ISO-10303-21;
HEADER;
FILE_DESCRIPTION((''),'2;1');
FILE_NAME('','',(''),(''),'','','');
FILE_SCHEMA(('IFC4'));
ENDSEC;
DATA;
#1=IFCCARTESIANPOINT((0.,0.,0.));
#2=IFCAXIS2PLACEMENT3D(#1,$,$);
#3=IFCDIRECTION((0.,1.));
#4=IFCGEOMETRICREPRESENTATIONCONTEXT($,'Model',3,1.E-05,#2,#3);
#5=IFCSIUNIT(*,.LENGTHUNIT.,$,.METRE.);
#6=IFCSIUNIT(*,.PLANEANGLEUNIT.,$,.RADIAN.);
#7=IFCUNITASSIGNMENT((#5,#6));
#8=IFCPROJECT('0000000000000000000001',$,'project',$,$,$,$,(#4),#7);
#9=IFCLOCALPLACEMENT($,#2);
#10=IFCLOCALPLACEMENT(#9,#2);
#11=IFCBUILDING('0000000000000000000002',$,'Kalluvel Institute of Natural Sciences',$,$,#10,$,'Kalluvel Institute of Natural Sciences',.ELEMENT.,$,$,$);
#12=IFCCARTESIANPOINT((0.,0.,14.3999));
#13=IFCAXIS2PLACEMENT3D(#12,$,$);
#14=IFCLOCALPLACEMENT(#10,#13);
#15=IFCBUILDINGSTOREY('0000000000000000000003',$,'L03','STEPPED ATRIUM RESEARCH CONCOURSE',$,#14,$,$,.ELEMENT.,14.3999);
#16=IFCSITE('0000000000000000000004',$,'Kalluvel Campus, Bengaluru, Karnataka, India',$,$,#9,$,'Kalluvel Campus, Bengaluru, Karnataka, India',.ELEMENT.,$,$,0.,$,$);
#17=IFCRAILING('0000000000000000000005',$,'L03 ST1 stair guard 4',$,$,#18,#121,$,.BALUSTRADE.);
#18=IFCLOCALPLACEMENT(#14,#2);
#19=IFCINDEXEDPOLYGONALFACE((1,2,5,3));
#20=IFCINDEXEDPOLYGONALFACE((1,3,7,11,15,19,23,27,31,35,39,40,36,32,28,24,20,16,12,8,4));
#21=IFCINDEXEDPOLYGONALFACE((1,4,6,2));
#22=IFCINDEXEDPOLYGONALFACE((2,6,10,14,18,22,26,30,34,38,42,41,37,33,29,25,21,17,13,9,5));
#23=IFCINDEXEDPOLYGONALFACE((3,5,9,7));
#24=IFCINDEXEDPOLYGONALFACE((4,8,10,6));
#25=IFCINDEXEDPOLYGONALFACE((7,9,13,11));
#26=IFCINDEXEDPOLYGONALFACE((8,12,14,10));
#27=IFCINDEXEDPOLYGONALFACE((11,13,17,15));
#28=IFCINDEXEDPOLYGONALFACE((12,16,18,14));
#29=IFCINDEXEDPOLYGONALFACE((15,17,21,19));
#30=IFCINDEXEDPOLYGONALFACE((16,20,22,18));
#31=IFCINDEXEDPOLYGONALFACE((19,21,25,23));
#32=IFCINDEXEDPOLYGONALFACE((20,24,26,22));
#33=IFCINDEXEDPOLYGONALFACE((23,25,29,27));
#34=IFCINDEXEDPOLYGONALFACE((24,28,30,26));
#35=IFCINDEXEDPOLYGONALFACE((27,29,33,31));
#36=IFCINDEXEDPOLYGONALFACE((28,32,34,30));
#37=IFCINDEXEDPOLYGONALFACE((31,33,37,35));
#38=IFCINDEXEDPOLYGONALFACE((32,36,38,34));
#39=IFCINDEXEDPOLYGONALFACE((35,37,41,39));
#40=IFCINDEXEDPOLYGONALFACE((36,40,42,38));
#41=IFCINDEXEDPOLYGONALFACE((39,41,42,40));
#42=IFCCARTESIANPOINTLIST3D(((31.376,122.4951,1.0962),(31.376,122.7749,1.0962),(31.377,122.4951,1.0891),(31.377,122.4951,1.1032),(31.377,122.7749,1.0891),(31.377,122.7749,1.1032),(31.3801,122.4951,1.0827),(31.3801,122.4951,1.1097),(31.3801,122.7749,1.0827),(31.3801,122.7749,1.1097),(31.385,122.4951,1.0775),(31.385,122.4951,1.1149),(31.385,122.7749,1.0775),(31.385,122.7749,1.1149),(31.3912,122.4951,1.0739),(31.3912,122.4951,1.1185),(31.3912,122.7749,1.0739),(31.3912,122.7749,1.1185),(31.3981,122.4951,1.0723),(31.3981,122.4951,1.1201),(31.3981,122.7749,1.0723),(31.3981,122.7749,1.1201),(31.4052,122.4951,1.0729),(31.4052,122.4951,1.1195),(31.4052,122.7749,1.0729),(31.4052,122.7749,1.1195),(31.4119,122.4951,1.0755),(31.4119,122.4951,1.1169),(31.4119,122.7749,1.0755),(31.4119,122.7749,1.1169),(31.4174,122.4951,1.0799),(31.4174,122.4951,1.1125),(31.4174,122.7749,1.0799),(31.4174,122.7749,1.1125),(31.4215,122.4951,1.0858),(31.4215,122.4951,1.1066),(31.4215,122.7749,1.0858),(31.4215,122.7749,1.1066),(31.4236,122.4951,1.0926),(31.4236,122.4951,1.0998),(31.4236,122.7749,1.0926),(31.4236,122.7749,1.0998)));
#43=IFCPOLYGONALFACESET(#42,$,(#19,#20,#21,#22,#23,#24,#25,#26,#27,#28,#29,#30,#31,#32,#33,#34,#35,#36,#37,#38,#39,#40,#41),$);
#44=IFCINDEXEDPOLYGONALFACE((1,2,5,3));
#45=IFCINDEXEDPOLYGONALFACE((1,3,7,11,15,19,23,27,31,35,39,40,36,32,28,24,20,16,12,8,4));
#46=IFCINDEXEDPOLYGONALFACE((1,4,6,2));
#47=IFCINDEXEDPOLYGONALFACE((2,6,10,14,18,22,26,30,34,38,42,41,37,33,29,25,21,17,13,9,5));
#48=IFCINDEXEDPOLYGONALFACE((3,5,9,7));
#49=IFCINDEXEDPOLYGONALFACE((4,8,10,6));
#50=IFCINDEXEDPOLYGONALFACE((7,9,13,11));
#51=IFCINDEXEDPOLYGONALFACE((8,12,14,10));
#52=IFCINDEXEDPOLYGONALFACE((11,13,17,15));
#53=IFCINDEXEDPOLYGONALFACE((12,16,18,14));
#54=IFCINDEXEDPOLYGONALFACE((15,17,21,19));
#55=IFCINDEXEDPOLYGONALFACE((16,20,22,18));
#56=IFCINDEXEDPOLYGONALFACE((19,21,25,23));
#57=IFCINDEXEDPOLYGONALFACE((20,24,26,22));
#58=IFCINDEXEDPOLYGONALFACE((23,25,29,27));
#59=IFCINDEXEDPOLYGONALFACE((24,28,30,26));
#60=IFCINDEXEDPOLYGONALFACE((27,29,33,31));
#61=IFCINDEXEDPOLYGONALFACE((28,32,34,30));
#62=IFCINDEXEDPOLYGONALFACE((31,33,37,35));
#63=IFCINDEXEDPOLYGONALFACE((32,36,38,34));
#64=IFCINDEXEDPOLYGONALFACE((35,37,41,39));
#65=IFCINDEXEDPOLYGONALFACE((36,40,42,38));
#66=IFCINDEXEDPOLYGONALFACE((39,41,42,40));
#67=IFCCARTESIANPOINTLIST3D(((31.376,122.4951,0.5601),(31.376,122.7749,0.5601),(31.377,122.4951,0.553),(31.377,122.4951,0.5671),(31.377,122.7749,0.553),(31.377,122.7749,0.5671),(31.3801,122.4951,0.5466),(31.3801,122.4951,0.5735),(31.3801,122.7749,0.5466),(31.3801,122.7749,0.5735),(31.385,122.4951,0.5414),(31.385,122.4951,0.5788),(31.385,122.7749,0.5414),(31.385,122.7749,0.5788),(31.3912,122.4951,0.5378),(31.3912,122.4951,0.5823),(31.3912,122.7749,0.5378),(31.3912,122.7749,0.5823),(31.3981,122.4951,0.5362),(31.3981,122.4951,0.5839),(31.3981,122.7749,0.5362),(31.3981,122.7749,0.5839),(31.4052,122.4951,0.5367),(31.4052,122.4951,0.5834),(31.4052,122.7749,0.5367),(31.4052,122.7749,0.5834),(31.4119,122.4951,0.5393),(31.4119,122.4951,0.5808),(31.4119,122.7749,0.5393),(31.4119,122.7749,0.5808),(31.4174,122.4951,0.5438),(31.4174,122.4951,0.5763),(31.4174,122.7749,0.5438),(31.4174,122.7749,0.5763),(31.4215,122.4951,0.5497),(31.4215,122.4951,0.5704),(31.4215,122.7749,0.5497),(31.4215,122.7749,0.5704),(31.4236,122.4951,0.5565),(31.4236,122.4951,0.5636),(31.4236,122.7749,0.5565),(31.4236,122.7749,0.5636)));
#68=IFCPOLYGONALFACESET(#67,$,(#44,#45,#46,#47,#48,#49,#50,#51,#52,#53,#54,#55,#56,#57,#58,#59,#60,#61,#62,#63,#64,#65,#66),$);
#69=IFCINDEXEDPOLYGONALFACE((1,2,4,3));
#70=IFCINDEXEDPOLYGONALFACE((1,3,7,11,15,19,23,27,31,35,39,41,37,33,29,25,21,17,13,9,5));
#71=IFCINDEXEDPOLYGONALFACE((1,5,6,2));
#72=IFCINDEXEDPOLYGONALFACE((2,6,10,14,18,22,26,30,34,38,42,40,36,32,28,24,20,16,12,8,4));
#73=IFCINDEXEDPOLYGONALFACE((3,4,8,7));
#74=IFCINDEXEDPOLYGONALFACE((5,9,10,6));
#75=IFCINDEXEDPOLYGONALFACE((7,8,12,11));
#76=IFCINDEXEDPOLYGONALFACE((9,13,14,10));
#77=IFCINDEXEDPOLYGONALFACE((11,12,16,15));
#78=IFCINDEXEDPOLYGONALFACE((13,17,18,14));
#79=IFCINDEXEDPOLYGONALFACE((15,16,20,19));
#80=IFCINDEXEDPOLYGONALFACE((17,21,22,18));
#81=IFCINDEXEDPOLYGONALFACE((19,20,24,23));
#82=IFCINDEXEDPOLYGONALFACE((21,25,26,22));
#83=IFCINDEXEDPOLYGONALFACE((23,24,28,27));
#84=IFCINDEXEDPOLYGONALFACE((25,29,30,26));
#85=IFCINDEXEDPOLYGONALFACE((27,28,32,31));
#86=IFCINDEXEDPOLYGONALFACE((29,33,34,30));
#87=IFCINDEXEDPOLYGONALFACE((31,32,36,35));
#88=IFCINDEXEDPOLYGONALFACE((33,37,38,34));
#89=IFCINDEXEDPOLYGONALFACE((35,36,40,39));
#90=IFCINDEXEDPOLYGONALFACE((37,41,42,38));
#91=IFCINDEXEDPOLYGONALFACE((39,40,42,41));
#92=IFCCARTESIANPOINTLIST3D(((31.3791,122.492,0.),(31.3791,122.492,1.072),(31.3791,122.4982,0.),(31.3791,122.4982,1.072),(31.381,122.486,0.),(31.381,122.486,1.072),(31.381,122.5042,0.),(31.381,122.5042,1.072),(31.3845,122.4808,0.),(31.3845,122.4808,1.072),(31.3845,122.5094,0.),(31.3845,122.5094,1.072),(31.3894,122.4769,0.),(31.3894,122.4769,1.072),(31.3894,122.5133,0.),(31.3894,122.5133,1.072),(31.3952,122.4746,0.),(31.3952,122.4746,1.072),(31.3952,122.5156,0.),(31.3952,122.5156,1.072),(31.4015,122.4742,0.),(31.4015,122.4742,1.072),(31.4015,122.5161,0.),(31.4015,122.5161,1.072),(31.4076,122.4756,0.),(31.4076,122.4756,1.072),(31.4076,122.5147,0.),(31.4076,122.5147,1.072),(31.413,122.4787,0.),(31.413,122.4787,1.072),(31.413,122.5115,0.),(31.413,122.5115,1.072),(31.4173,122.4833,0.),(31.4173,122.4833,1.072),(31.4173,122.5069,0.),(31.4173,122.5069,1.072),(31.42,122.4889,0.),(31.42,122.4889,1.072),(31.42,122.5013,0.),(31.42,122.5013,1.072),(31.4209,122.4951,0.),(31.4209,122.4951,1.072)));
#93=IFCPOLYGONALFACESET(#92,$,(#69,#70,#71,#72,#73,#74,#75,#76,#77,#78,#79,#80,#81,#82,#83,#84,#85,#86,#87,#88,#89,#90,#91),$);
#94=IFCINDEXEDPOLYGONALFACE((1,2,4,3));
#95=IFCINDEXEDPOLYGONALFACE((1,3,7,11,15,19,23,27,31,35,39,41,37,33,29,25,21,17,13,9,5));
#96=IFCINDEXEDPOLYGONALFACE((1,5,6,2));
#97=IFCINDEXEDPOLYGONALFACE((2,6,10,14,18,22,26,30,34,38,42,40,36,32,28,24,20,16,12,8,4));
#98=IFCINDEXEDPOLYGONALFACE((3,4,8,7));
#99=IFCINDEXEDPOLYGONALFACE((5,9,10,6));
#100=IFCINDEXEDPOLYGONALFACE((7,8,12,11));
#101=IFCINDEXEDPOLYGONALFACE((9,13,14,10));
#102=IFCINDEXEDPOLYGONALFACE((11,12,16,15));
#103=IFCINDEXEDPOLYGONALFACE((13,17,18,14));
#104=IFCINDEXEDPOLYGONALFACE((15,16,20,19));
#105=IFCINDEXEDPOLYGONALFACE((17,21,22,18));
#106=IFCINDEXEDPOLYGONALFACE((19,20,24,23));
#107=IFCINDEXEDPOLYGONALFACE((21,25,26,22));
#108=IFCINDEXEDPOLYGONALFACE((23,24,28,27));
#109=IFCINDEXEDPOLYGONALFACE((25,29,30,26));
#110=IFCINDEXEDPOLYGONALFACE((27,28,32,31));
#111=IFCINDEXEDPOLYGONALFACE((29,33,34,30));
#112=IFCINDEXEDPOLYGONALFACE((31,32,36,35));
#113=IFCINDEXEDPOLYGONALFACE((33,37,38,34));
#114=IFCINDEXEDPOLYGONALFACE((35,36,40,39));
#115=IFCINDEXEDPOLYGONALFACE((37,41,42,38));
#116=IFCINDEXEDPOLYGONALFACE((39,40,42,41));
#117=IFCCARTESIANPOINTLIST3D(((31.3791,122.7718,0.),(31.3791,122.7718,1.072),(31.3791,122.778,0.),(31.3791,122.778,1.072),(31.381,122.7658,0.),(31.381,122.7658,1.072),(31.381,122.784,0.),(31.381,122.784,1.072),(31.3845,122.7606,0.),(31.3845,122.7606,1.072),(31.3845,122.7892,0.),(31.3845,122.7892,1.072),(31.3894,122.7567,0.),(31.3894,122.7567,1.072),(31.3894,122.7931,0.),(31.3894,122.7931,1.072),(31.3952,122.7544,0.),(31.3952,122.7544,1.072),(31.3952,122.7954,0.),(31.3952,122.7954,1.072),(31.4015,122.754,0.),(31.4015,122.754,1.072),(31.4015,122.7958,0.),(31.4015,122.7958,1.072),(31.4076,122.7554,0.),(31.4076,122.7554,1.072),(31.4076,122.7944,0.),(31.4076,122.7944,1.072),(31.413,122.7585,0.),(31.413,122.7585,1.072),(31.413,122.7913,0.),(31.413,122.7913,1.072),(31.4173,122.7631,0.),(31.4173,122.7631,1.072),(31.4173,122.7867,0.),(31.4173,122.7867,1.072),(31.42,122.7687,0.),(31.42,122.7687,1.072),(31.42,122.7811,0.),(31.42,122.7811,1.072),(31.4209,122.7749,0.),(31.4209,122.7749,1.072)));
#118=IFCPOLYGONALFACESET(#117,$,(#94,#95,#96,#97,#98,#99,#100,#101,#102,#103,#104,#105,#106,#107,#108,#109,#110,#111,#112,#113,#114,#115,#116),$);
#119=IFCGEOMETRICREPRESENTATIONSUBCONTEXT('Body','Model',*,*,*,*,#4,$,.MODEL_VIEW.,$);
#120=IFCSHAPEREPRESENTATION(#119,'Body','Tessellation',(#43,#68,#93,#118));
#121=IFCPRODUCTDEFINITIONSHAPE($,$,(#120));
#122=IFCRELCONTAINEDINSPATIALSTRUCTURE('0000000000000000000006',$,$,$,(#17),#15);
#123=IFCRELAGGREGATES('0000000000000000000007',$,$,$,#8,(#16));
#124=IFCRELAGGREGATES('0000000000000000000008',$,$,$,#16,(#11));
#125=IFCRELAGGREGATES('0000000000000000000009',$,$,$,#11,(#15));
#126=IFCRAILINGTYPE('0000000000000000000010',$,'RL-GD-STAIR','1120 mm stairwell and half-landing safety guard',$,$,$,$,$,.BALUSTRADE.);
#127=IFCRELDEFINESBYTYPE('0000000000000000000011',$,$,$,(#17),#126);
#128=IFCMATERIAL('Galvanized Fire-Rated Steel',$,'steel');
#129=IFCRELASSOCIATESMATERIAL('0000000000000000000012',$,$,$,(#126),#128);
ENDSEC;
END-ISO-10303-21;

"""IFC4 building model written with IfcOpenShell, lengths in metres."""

from ifc_helpers import new_model, si_unit, direction, frame, origin, origin_2d, place, context, subcontext, project, spatial, circle, extrude, material, type_object, element, save


model = new_model("IFC4")

# Units and contexts
model_context = context("Model", 3, precision=1e-05, world=origin(), true_north=direction((0.0, 1.0)))
body_context = subcontext(model_context, "Body", "Model", "MODEL_VIEW")
ifc_project = project(units=[si_unit("LENGTHUNIT", "METRE"), si_unit("PLANEANGLEUNIT", "RADIAN")], contexts=[model_context])

# Site, building, storey
site_placement = place(None, origin())
site = spatial("IfcSite", under=ifc_project, at=site_placement, Name="Kalluvel Campus, Bengaluru, Karnataka, India", LongName="Kalluvel Campus, Bengaluru, Karnataka, India", CompositionType="ELEMENT", RefElevation=0.0)
building_placement = place(site_placement, origin())
building = spatial("IfcBuilding", under=site, at=building_placement, Name="Kalluvel Institute of Natural Sciences", LongName="Kalluvel Institute of Natural Sciences", CompositionType="ELEMENT")
storey_placement = place(building_placement, frame((0.0, 0.0, 14.3999)))
storey = spatial("IfcBuildingStorey", under=building, at=storey_placement, Name="L03", Description="STEPPED ATRIUM RESEARCH CONCOURSE", CompositionType="ELEMENT", Elevation=14.3999)

# Railing
ifc_material_1 = material(Name="Galvanized Fire-Rated Steel", Category="steel")
railing_type_1 = type_object("IfcRailingType", Name="RL-GD-STAIR", Description="1120 mm stairwell and half-landing safety guard", PredefinedType="BALUSTRADE", material=ifc_material_1)
railing_1_placement = place(storey_placement, frame((31.3999, 122.4951, 0.0)))
element("IfcRailing", 1, at=railing_1_placement, inside=storey, type_object=railing_type_1, Name="L03 ST1 stair guard 4", PredefinedType="BALUSTRADE", context=body_context, shape_type="SweptSolid", body=[
    extrude(circle(Radius=0.0239, at=origin_2d()), frame((0.0, 0.0, 1.0962), z_axis=(0.0, 1.0, 0.0), x_axis=(-1.0, 0.0, 0.0)), (0.0, 0.0, 1.0), 0.2798),
    extrude(circle(Radius=0.0239, at=origin_2d()), frame((0.0, 0.0, 0.5601), z_axis=(0.0, 1.0, 0.0), x_axis=(-1.0, 0.0, 0.0)), (0.0, 0.0, 1.0), 0.2798),
    extrude(circle(Radius=0.021, at=origin_2d()), origin(), (0.0, 0.0, 1.0), 1.072),
    extrude(circle(Radius=0.021, at=origin_2d()), frame((0.0, 0.2798, 0.0)), (0.0, 0.0, 1.0), 1.072),
])

save(model, "model.ifc")
